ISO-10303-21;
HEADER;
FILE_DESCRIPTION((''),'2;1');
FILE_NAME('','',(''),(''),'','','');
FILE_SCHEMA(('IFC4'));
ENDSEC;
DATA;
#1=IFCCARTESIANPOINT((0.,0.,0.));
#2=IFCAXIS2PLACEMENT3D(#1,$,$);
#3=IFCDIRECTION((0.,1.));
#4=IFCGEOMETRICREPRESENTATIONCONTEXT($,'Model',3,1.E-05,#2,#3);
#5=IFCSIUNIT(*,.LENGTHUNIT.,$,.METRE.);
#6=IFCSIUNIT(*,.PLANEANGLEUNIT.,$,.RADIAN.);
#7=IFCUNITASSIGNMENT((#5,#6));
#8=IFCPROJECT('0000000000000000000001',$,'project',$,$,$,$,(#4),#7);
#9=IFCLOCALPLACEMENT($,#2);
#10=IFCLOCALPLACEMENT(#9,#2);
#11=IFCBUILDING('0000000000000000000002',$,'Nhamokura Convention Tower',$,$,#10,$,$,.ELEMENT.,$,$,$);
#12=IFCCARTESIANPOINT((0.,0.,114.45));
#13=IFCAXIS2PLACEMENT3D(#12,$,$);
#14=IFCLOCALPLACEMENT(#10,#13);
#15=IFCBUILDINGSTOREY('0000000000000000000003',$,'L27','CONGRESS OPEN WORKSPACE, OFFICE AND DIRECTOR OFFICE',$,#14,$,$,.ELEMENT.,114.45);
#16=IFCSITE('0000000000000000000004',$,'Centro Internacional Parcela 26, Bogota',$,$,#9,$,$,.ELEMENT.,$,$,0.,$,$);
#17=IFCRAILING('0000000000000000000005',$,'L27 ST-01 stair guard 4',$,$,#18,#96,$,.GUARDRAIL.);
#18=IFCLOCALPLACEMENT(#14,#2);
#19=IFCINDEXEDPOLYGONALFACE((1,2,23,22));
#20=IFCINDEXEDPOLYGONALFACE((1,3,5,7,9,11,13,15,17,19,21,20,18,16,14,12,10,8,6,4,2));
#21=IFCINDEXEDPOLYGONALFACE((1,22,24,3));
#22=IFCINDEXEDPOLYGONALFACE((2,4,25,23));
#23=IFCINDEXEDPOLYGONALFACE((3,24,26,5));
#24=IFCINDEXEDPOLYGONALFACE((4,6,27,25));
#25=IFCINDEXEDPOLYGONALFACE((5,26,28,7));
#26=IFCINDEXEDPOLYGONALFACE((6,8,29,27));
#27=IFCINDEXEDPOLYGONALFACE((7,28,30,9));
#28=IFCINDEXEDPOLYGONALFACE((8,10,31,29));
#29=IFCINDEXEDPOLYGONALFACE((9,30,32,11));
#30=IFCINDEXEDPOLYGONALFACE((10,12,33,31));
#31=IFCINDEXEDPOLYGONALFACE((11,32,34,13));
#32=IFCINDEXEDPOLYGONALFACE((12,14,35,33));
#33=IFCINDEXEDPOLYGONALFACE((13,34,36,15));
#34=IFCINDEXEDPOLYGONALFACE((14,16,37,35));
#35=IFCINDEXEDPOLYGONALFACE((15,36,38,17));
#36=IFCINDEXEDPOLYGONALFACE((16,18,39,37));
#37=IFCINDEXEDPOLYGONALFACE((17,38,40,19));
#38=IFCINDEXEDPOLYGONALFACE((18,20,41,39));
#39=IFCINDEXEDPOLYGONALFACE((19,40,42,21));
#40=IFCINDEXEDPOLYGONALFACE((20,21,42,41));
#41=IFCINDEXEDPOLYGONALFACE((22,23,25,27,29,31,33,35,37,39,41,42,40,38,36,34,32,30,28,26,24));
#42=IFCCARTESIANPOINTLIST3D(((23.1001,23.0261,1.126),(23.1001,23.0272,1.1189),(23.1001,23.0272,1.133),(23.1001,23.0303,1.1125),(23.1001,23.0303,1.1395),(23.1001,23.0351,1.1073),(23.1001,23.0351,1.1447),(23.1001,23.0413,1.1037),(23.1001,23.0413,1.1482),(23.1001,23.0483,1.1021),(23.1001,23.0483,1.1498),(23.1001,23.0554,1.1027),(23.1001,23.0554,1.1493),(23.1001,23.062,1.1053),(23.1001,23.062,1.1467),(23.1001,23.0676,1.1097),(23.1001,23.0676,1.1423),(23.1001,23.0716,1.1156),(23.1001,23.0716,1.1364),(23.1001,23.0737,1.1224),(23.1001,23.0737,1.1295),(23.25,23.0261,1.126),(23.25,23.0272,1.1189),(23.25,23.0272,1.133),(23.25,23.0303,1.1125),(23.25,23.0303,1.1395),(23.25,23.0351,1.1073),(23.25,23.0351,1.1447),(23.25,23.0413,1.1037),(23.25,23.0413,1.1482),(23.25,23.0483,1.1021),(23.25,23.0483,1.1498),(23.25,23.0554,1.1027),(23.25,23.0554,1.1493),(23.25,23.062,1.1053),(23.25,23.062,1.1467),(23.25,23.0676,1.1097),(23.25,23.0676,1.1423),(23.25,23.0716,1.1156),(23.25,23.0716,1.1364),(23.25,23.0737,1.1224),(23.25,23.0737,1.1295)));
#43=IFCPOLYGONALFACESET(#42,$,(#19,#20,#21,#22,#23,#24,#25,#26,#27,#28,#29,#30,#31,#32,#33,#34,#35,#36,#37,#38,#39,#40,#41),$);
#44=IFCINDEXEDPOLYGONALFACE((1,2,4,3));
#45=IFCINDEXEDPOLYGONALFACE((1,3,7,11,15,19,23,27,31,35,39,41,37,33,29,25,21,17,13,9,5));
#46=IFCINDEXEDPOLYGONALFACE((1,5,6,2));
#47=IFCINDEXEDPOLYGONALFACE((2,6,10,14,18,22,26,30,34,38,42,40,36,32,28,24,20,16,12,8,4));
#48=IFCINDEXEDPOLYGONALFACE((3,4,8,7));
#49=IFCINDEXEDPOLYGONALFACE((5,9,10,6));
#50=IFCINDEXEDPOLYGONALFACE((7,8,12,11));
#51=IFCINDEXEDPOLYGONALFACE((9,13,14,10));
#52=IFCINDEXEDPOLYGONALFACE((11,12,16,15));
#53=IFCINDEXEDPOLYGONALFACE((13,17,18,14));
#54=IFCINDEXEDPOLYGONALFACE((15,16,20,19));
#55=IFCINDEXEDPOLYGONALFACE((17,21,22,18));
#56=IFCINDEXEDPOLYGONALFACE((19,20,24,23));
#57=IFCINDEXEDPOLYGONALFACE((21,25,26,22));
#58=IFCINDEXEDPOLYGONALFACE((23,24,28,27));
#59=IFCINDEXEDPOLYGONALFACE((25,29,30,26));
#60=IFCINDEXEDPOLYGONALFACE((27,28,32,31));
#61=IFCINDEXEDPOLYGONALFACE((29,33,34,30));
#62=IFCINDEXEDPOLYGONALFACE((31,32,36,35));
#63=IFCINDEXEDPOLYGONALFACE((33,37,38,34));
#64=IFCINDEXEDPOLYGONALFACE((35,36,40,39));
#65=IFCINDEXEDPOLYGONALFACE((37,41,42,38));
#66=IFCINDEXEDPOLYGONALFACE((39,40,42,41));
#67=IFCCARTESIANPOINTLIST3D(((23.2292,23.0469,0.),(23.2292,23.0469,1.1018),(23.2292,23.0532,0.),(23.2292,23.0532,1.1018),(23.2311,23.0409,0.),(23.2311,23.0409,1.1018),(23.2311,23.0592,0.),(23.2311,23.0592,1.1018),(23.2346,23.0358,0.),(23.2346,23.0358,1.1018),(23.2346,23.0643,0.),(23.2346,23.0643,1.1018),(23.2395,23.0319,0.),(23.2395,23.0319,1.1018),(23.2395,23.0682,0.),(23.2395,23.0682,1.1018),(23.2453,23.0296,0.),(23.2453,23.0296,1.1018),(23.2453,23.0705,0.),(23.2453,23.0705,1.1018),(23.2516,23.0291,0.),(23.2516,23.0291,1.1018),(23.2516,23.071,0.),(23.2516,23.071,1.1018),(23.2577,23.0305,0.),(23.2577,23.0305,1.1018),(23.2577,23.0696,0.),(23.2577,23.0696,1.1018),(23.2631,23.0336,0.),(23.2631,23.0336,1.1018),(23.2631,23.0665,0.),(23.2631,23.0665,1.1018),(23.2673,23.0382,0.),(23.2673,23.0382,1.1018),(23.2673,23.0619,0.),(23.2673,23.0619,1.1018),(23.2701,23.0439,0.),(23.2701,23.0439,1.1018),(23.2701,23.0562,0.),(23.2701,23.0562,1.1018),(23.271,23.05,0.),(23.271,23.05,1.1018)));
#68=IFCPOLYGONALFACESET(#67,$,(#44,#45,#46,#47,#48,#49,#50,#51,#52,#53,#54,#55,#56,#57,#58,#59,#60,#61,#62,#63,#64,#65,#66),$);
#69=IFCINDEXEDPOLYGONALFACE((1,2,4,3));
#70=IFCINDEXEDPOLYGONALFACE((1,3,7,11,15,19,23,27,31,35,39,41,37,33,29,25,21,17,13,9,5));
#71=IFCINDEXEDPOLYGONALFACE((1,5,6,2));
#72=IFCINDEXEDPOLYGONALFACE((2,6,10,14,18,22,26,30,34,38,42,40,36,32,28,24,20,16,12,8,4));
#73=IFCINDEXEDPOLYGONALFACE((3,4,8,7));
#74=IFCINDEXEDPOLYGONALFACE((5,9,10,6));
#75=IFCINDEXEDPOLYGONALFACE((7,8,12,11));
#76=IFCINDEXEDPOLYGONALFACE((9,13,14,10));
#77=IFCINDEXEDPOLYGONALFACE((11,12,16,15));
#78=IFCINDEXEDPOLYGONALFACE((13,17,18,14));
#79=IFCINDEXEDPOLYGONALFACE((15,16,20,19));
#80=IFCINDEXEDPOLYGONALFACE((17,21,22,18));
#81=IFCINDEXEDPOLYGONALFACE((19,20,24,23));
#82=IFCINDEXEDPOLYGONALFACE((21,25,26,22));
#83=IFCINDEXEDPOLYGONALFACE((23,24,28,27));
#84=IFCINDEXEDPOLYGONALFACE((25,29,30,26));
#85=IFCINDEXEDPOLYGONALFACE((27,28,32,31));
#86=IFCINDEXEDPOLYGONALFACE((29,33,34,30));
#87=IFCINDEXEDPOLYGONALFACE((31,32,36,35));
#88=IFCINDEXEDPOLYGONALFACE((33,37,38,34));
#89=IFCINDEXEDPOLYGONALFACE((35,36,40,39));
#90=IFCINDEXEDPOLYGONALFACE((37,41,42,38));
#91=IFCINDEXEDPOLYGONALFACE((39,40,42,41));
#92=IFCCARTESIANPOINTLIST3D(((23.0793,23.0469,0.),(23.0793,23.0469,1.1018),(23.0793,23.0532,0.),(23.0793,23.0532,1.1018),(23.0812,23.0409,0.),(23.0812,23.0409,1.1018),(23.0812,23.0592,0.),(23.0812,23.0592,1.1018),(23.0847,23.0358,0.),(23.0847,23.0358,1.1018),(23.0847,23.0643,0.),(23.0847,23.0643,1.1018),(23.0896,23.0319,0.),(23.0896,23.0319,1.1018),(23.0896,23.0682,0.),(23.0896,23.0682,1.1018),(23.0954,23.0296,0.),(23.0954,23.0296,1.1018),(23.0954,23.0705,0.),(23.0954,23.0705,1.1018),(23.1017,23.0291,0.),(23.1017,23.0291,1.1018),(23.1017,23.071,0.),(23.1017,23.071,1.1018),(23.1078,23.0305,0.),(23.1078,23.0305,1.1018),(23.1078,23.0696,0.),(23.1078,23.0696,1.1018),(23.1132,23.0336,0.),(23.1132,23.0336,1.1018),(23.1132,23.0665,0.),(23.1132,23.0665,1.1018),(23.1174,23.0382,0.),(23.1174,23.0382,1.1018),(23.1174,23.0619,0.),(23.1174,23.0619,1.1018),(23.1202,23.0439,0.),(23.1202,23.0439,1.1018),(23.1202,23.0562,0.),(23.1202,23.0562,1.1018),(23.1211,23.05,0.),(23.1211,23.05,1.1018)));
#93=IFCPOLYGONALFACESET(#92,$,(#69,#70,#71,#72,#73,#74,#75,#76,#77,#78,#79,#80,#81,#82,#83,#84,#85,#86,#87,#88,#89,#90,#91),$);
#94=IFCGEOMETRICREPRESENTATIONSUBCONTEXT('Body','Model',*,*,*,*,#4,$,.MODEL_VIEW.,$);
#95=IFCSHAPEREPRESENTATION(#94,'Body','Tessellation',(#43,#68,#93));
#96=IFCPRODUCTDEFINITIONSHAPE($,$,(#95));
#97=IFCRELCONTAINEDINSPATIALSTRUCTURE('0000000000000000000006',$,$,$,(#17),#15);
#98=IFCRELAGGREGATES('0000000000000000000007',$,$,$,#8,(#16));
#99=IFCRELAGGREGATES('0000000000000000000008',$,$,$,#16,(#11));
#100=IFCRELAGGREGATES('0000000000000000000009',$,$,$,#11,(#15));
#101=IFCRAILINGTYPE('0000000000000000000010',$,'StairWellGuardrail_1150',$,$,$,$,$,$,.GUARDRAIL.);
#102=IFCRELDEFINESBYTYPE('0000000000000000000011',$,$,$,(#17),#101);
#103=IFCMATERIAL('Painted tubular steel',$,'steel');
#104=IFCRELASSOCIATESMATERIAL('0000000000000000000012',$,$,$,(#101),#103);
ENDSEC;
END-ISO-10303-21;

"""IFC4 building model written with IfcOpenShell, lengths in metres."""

from ifc_helpers import new_model, si_unit, direction, frame, origin, origin_2d, place, context, subcontext, project, spatial, circle, extrude, material, type_object, element, save


model = new_model("IFC4")

# Units and contexts
model_context = context("Model", 3, precision=1e-05, world=origin(), true_north=direction((0.0, 1.0)))
body_context = subcontext(model_context, "Body", "Model", "MODEL_VIEW")
ifc_project = project(units=[si_unit("LENGTHUNIT", "METRE"), si_unit("PLANEANGLEUNIT", "RADIAN")], contexts=[model_context])

# Site, building, storey
site_placement = place(None, origin())
site = spatial("IfcSite", under=ifc_project, at=site_placement, Name="Centro Internacional Parcela 26, Bogota", CompositionType="ELEMENT", RefElevation=0.0)
building_placement = place(site_placement, origin())
building = spatial("IfcBuilding", under=site, at=building_placement, Name="Nhamokura Convention Tower", CompositionType="ELEMENT")
storey_placement = place(building_placement, frame((0.0, 0.0, 114.45)))
storey = spatial("IfcBuildingStorey", under=building, at=storey_placement, Name="L27", Description="CONGRESS OPEN WORKSPACE, OFFICE AND DIRECTOR OFFICE", CompositionType="ELEMENT", Elevation=114.45)

# Railing
ifc_material_1 = material(Name="Painted tubular steel", Category="steel")
railing_type_1 = type_object("IfcRailingType", Name="StairWellGuardrail_1150", PredefinedType="GUARDRAIL", material=ifc_material_1)
railing_1_placement = place(storey_placement, frame((23.25, 23.05, 0.0)))
element("IfcRailing", 1, at=railing_1_placement, inside=storey, type_object=railing_type_1, Name="L27 ST-01 stair guard 4", PredefinedType="GUARDRAIL", context=body_context, shape_type="SweptSolid", body=[
    extrude(circle(Radius=0.0239, at=origin_2d()), frame((0.0, 0.0, 1.126), z_axis=(-1.0, 0.0, 0.0), x_axis=(0.0, -1.0, 0.0)), (0.0, 0.0, 1.0), 0.1499),
    extrude(circle(Radius=0.021, at=origin_2d()), origin(), (0.0, 0.0, 1.0), 1.1018),
    extrude(circle(Radius=0.021, at=origin_2d()), frame((-0.1499, 0.0, 0.0)), (0.0, 0.0, 1.0), 1.1018),
])

save(model, "model.ifc")
